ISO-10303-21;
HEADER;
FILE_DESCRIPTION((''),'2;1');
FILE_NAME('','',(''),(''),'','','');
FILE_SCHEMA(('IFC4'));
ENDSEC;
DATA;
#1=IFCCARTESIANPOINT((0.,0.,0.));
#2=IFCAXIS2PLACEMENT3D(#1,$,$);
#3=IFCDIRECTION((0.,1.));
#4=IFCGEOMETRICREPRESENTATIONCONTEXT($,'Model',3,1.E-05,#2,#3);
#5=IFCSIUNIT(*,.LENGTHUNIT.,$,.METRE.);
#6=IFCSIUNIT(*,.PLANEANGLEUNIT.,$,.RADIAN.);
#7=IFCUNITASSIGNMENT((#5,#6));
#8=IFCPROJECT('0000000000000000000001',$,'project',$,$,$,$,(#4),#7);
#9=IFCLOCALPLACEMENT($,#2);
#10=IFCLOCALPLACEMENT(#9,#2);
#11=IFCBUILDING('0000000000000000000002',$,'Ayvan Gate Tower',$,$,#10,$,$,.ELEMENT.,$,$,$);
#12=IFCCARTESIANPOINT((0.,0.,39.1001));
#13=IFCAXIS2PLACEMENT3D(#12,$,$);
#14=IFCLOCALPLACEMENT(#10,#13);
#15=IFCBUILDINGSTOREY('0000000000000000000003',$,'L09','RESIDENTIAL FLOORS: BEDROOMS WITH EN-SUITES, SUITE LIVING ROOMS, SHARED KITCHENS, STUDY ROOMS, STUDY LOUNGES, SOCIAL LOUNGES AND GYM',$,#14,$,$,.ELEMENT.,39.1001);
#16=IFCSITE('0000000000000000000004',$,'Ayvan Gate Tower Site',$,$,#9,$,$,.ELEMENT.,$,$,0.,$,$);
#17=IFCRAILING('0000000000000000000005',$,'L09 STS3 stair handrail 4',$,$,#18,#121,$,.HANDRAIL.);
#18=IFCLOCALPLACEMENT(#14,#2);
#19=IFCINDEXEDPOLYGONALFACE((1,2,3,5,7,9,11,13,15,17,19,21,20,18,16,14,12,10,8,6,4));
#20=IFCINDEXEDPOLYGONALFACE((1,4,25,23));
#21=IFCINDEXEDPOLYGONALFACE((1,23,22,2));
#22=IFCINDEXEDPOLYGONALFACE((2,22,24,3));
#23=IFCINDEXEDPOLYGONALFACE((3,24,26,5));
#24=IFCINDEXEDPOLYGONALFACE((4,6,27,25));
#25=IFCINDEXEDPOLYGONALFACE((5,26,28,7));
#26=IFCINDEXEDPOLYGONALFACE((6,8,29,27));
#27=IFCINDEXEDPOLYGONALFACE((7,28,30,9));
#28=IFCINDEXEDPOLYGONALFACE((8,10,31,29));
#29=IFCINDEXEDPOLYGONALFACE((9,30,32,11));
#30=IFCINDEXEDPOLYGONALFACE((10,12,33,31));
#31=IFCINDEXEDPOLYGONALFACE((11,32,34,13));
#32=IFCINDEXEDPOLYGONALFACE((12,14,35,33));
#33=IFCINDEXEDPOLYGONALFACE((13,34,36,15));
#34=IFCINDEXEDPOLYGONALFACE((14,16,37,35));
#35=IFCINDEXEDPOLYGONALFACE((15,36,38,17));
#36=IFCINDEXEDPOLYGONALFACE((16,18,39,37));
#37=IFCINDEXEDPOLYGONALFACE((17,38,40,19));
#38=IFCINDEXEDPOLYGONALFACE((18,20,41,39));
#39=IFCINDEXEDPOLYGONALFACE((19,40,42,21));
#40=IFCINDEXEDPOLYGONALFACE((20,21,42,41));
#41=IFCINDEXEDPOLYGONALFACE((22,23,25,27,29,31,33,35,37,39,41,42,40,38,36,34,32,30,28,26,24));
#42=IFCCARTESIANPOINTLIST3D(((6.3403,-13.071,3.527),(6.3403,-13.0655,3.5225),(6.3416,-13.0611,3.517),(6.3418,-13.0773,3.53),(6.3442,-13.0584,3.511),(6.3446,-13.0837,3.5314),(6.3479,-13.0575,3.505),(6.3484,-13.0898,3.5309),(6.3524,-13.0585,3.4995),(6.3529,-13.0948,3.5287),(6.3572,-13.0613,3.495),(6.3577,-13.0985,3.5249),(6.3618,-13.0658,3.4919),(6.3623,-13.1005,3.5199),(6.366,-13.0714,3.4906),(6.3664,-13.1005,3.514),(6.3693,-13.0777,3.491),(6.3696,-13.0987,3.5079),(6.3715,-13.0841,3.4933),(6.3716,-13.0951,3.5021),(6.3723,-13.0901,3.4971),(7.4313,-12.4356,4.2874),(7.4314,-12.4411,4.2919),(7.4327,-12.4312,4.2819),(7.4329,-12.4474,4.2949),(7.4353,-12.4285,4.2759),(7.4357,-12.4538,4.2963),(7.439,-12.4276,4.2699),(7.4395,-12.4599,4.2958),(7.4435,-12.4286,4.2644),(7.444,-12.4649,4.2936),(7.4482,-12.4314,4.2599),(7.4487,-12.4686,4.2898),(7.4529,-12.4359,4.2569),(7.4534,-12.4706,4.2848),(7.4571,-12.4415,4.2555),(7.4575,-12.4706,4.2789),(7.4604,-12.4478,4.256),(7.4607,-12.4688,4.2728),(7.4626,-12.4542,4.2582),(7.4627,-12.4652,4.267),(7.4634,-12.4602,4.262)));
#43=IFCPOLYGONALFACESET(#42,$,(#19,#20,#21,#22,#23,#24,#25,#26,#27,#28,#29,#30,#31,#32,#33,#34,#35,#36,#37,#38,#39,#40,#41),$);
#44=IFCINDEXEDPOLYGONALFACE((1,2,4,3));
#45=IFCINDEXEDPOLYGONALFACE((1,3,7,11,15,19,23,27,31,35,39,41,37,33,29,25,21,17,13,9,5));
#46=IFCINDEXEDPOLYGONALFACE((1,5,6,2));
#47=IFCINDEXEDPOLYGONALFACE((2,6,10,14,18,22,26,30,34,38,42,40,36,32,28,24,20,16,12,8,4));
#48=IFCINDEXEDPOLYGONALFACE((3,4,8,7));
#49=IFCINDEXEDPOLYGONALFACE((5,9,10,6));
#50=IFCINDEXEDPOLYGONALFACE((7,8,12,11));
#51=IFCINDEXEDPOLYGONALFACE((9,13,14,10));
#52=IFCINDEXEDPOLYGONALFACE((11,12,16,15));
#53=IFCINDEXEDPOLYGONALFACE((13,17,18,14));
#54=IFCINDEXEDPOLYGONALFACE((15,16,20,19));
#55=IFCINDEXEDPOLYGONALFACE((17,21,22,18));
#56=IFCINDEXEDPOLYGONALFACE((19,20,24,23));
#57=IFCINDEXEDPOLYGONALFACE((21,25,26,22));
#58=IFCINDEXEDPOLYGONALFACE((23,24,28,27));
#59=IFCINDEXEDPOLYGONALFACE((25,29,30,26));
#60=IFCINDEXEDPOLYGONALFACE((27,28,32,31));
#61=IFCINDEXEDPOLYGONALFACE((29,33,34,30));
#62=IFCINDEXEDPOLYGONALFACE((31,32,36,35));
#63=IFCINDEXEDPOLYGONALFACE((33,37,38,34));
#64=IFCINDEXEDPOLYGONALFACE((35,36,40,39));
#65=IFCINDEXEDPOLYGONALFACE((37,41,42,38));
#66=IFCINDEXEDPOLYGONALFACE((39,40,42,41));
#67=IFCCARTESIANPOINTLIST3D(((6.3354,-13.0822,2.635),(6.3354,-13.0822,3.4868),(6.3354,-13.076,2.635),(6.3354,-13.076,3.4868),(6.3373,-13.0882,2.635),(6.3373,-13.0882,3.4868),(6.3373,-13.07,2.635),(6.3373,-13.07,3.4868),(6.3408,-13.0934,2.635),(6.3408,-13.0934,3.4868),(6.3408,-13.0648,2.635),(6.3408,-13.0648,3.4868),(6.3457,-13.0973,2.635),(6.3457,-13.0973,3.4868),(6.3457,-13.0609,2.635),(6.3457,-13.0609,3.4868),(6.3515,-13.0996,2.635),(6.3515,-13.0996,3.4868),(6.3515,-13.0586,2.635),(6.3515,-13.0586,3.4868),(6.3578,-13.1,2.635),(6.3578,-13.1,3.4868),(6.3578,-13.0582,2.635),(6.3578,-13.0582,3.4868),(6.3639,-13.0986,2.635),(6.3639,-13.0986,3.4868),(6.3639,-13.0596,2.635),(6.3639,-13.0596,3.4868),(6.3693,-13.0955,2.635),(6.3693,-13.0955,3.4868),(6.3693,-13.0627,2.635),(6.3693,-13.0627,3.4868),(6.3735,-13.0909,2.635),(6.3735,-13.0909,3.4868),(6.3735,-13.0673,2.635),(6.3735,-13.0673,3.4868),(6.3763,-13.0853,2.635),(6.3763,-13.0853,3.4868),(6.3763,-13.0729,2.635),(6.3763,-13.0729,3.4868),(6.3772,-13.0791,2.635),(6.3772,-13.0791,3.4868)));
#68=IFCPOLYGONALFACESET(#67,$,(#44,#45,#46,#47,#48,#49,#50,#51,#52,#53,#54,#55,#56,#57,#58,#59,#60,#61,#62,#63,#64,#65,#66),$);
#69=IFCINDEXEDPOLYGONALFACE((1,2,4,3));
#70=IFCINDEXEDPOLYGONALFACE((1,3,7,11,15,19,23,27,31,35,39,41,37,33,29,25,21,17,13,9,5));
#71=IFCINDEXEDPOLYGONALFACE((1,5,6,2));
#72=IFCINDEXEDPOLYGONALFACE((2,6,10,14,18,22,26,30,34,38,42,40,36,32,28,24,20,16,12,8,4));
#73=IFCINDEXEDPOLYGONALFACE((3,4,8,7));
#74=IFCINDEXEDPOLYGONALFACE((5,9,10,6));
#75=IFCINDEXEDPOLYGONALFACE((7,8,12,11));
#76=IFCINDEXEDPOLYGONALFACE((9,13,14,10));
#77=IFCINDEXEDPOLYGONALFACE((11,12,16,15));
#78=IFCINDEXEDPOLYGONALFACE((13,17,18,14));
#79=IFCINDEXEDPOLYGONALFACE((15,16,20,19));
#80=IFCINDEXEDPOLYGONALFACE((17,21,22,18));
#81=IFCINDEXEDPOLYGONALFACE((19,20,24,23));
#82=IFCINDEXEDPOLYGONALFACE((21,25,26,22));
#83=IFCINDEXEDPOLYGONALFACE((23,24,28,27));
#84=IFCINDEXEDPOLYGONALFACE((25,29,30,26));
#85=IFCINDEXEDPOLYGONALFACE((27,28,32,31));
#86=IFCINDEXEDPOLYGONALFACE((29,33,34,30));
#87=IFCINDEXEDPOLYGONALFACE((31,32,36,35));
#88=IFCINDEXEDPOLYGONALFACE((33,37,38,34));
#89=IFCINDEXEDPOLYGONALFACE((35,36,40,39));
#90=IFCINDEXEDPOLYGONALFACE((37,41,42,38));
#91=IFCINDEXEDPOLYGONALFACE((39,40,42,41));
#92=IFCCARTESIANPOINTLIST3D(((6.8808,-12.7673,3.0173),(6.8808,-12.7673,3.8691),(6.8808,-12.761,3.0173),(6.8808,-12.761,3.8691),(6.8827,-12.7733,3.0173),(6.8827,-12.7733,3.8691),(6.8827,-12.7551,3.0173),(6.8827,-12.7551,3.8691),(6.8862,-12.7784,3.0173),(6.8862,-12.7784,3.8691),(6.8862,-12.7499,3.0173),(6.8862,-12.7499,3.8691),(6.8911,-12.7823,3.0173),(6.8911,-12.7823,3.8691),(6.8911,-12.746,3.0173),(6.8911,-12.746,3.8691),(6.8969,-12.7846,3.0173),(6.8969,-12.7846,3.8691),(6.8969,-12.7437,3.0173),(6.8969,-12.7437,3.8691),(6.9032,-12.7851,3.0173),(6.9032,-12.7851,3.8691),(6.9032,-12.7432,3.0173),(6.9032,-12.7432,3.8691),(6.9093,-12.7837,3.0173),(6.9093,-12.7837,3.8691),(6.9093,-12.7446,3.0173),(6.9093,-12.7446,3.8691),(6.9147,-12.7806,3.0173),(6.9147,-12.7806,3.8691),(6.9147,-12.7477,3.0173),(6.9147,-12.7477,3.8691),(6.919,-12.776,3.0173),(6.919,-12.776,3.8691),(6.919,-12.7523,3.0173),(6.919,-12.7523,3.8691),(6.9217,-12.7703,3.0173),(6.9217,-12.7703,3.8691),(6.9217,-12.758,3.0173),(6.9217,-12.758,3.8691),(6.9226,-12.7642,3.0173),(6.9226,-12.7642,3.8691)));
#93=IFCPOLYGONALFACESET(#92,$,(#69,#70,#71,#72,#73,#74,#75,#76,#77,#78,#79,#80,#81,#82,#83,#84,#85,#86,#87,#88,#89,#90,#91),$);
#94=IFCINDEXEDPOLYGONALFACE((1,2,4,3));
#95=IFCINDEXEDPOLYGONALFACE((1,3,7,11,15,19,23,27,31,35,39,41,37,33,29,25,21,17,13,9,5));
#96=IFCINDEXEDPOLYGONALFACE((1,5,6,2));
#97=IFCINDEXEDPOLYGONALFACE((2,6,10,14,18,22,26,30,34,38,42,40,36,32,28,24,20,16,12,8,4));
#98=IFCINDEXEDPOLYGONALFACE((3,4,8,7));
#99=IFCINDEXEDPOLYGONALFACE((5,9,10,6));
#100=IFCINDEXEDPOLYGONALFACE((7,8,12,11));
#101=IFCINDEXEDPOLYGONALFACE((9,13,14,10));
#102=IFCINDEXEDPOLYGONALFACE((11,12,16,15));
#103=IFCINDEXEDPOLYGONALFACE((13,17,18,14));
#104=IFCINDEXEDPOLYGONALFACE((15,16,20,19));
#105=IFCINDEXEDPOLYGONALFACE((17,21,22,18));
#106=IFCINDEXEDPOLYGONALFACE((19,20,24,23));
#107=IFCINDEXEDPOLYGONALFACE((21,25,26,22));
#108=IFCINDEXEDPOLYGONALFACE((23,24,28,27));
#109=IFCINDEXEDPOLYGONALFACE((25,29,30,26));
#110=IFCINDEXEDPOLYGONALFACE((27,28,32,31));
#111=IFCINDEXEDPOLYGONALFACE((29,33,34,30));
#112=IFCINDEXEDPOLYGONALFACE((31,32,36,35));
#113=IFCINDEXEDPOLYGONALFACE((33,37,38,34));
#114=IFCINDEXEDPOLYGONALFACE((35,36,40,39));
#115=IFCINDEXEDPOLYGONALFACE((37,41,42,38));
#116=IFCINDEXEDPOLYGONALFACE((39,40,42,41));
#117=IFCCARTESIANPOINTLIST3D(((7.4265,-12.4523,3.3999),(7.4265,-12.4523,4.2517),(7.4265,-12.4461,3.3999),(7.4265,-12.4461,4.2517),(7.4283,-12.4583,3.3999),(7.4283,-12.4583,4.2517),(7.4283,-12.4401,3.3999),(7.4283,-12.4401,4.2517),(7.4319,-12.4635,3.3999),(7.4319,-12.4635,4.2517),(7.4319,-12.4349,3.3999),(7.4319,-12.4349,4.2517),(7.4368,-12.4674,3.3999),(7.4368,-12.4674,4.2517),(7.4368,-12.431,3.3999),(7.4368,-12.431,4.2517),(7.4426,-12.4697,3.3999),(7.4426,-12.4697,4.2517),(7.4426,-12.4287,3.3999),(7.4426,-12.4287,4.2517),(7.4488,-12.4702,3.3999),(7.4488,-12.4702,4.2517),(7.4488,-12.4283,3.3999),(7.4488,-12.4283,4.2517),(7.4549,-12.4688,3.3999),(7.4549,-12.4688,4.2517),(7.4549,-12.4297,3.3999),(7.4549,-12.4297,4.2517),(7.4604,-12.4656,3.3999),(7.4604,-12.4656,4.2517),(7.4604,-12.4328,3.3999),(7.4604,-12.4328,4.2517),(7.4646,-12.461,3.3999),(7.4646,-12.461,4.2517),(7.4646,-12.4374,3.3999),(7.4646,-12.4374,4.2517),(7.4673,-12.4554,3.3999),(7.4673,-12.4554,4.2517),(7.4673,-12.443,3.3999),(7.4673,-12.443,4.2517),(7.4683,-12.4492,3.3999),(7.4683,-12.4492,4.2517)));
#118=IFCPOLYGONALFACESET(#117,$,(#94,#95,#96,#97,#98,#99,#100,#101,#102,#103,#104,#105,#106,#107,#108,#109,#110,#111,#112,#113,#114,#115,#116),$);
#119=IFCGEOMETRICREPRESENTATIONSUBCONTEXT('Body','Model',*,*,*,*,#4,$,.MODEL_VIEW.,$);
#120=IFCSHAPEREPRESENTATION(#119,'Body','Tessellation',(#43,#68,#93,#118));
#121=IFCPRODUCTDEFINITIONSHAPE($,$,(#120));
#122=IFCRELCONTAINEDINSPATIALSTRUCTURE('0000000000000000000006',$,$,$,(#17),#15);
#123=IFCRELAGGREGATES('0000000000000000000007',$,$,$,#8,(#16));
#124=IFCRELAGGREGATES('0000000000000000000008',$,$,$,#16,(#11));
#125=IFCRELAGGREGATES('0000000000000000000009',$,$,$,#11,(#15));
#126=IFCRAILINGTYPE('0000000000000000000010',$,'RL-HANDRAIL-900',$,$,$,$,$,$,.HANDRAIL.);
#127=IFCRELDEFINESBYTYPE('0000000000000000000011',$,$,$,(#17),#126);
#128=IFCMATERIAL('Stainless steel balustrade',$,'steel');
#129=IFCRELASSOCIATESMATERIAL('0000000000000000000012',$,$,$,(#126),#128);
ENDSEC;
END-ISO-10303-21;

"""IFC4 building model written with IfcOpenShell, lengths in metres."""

from ifc_helpers import new_model, si_unit, direction, frame, origin, origin_2d, place, context, subcontext, project, spatial, circle, extrude, material, type_object, element, save


model = new_model("IFC4")

# Units and contexts
model_context = context("Model", 3, precision=1e-05, world=origin(), true_north=direction((0.0, 1.0)))
body_context = subcontext(model_context, "Body", "Model", "MODEL_VIEW")
ifc_project = project(units=[si_unit("LENGTHUNIT", "METRE"), si_unit("PLANEANGLEUNIT", "RADIAN")], contexts=[model_context])

# Site, building, storey
site_placement = place(None, origin())
site = spatial("IfcSite", under=ifc_project, at=site_placement, Name="Ayvan Gate Tower Site", CompositionType="ELEMENT", RefElevation=0.0)
building_placement = place(site_placement, origin())
building = spatial("IfcBuilding", under=site, at=building_placement, Name="Ayvan Gate Tower", CompositionType="ELEMENT")
storey_placement = place(building_placement, frame((0.0, 0.0, 39.1001)))
storey = spatial("IfcBuildingStorey", under=building, at=storey_placement, Name="L09", Description="RESIDENTIAL FLOORS: BEDROOMS WITH EN-SUITES, SUITE LIVING ROOMS, SHARED KITCHENS, STUDY ROOMS, STUDY LOUNGES, SOCIAL LOUNGES AND GYM", CompositionType="ELEMENT", Elevation=39.1001)

# Railing
ifc_material_1 = material(Name="Stainless steel balustrade", Category="steel")
railing_type_1 = type_object("IfcRailingType", Name="RL-HANDRAIL-900", PredefinedType="HANDRAIL", material=ifc_material_1)
railing_1_placement = place(storey_placement, frame((6.3562, -13.0791, 2.635)))
element("IfcRailing", 1, at=railing_1_placement, inside=storey, type_object=railing_type_1, Name="L09 STS3 stair handrail 4", PredefinedType="HANDRAIL", context=body_context, shape_type="SweptSolid", body=[
    extrude(circle(Radius=0.0239, at=origin_2d()), frame((0.0, 0.0, 0.876), z_axis=(0.740282, 0.427372, 0.518976), x_axis=(-0.499974, 0.86604, 0.0)), (0.0, 0.0, 1.0), 1.4739),
    extrude(circle(Radius=0.021, at=origin_2d()), origin(), (0.0, 0.0, 1.0), 0.8518),
    extrude(circle(Radius=0.021, at=origin_2d()), frame((0.5454, 0.3149, 0.3823)), (0.0, 0.0, 1.0), 0.8518),
    extrude(circle(Radius=0.021, at=origin_2d()), frame((1.0911, 0.6299, 0.7649)), (0.0, 0.0, 1.0), 0.8518),
])

save(model, "model.ifc")
